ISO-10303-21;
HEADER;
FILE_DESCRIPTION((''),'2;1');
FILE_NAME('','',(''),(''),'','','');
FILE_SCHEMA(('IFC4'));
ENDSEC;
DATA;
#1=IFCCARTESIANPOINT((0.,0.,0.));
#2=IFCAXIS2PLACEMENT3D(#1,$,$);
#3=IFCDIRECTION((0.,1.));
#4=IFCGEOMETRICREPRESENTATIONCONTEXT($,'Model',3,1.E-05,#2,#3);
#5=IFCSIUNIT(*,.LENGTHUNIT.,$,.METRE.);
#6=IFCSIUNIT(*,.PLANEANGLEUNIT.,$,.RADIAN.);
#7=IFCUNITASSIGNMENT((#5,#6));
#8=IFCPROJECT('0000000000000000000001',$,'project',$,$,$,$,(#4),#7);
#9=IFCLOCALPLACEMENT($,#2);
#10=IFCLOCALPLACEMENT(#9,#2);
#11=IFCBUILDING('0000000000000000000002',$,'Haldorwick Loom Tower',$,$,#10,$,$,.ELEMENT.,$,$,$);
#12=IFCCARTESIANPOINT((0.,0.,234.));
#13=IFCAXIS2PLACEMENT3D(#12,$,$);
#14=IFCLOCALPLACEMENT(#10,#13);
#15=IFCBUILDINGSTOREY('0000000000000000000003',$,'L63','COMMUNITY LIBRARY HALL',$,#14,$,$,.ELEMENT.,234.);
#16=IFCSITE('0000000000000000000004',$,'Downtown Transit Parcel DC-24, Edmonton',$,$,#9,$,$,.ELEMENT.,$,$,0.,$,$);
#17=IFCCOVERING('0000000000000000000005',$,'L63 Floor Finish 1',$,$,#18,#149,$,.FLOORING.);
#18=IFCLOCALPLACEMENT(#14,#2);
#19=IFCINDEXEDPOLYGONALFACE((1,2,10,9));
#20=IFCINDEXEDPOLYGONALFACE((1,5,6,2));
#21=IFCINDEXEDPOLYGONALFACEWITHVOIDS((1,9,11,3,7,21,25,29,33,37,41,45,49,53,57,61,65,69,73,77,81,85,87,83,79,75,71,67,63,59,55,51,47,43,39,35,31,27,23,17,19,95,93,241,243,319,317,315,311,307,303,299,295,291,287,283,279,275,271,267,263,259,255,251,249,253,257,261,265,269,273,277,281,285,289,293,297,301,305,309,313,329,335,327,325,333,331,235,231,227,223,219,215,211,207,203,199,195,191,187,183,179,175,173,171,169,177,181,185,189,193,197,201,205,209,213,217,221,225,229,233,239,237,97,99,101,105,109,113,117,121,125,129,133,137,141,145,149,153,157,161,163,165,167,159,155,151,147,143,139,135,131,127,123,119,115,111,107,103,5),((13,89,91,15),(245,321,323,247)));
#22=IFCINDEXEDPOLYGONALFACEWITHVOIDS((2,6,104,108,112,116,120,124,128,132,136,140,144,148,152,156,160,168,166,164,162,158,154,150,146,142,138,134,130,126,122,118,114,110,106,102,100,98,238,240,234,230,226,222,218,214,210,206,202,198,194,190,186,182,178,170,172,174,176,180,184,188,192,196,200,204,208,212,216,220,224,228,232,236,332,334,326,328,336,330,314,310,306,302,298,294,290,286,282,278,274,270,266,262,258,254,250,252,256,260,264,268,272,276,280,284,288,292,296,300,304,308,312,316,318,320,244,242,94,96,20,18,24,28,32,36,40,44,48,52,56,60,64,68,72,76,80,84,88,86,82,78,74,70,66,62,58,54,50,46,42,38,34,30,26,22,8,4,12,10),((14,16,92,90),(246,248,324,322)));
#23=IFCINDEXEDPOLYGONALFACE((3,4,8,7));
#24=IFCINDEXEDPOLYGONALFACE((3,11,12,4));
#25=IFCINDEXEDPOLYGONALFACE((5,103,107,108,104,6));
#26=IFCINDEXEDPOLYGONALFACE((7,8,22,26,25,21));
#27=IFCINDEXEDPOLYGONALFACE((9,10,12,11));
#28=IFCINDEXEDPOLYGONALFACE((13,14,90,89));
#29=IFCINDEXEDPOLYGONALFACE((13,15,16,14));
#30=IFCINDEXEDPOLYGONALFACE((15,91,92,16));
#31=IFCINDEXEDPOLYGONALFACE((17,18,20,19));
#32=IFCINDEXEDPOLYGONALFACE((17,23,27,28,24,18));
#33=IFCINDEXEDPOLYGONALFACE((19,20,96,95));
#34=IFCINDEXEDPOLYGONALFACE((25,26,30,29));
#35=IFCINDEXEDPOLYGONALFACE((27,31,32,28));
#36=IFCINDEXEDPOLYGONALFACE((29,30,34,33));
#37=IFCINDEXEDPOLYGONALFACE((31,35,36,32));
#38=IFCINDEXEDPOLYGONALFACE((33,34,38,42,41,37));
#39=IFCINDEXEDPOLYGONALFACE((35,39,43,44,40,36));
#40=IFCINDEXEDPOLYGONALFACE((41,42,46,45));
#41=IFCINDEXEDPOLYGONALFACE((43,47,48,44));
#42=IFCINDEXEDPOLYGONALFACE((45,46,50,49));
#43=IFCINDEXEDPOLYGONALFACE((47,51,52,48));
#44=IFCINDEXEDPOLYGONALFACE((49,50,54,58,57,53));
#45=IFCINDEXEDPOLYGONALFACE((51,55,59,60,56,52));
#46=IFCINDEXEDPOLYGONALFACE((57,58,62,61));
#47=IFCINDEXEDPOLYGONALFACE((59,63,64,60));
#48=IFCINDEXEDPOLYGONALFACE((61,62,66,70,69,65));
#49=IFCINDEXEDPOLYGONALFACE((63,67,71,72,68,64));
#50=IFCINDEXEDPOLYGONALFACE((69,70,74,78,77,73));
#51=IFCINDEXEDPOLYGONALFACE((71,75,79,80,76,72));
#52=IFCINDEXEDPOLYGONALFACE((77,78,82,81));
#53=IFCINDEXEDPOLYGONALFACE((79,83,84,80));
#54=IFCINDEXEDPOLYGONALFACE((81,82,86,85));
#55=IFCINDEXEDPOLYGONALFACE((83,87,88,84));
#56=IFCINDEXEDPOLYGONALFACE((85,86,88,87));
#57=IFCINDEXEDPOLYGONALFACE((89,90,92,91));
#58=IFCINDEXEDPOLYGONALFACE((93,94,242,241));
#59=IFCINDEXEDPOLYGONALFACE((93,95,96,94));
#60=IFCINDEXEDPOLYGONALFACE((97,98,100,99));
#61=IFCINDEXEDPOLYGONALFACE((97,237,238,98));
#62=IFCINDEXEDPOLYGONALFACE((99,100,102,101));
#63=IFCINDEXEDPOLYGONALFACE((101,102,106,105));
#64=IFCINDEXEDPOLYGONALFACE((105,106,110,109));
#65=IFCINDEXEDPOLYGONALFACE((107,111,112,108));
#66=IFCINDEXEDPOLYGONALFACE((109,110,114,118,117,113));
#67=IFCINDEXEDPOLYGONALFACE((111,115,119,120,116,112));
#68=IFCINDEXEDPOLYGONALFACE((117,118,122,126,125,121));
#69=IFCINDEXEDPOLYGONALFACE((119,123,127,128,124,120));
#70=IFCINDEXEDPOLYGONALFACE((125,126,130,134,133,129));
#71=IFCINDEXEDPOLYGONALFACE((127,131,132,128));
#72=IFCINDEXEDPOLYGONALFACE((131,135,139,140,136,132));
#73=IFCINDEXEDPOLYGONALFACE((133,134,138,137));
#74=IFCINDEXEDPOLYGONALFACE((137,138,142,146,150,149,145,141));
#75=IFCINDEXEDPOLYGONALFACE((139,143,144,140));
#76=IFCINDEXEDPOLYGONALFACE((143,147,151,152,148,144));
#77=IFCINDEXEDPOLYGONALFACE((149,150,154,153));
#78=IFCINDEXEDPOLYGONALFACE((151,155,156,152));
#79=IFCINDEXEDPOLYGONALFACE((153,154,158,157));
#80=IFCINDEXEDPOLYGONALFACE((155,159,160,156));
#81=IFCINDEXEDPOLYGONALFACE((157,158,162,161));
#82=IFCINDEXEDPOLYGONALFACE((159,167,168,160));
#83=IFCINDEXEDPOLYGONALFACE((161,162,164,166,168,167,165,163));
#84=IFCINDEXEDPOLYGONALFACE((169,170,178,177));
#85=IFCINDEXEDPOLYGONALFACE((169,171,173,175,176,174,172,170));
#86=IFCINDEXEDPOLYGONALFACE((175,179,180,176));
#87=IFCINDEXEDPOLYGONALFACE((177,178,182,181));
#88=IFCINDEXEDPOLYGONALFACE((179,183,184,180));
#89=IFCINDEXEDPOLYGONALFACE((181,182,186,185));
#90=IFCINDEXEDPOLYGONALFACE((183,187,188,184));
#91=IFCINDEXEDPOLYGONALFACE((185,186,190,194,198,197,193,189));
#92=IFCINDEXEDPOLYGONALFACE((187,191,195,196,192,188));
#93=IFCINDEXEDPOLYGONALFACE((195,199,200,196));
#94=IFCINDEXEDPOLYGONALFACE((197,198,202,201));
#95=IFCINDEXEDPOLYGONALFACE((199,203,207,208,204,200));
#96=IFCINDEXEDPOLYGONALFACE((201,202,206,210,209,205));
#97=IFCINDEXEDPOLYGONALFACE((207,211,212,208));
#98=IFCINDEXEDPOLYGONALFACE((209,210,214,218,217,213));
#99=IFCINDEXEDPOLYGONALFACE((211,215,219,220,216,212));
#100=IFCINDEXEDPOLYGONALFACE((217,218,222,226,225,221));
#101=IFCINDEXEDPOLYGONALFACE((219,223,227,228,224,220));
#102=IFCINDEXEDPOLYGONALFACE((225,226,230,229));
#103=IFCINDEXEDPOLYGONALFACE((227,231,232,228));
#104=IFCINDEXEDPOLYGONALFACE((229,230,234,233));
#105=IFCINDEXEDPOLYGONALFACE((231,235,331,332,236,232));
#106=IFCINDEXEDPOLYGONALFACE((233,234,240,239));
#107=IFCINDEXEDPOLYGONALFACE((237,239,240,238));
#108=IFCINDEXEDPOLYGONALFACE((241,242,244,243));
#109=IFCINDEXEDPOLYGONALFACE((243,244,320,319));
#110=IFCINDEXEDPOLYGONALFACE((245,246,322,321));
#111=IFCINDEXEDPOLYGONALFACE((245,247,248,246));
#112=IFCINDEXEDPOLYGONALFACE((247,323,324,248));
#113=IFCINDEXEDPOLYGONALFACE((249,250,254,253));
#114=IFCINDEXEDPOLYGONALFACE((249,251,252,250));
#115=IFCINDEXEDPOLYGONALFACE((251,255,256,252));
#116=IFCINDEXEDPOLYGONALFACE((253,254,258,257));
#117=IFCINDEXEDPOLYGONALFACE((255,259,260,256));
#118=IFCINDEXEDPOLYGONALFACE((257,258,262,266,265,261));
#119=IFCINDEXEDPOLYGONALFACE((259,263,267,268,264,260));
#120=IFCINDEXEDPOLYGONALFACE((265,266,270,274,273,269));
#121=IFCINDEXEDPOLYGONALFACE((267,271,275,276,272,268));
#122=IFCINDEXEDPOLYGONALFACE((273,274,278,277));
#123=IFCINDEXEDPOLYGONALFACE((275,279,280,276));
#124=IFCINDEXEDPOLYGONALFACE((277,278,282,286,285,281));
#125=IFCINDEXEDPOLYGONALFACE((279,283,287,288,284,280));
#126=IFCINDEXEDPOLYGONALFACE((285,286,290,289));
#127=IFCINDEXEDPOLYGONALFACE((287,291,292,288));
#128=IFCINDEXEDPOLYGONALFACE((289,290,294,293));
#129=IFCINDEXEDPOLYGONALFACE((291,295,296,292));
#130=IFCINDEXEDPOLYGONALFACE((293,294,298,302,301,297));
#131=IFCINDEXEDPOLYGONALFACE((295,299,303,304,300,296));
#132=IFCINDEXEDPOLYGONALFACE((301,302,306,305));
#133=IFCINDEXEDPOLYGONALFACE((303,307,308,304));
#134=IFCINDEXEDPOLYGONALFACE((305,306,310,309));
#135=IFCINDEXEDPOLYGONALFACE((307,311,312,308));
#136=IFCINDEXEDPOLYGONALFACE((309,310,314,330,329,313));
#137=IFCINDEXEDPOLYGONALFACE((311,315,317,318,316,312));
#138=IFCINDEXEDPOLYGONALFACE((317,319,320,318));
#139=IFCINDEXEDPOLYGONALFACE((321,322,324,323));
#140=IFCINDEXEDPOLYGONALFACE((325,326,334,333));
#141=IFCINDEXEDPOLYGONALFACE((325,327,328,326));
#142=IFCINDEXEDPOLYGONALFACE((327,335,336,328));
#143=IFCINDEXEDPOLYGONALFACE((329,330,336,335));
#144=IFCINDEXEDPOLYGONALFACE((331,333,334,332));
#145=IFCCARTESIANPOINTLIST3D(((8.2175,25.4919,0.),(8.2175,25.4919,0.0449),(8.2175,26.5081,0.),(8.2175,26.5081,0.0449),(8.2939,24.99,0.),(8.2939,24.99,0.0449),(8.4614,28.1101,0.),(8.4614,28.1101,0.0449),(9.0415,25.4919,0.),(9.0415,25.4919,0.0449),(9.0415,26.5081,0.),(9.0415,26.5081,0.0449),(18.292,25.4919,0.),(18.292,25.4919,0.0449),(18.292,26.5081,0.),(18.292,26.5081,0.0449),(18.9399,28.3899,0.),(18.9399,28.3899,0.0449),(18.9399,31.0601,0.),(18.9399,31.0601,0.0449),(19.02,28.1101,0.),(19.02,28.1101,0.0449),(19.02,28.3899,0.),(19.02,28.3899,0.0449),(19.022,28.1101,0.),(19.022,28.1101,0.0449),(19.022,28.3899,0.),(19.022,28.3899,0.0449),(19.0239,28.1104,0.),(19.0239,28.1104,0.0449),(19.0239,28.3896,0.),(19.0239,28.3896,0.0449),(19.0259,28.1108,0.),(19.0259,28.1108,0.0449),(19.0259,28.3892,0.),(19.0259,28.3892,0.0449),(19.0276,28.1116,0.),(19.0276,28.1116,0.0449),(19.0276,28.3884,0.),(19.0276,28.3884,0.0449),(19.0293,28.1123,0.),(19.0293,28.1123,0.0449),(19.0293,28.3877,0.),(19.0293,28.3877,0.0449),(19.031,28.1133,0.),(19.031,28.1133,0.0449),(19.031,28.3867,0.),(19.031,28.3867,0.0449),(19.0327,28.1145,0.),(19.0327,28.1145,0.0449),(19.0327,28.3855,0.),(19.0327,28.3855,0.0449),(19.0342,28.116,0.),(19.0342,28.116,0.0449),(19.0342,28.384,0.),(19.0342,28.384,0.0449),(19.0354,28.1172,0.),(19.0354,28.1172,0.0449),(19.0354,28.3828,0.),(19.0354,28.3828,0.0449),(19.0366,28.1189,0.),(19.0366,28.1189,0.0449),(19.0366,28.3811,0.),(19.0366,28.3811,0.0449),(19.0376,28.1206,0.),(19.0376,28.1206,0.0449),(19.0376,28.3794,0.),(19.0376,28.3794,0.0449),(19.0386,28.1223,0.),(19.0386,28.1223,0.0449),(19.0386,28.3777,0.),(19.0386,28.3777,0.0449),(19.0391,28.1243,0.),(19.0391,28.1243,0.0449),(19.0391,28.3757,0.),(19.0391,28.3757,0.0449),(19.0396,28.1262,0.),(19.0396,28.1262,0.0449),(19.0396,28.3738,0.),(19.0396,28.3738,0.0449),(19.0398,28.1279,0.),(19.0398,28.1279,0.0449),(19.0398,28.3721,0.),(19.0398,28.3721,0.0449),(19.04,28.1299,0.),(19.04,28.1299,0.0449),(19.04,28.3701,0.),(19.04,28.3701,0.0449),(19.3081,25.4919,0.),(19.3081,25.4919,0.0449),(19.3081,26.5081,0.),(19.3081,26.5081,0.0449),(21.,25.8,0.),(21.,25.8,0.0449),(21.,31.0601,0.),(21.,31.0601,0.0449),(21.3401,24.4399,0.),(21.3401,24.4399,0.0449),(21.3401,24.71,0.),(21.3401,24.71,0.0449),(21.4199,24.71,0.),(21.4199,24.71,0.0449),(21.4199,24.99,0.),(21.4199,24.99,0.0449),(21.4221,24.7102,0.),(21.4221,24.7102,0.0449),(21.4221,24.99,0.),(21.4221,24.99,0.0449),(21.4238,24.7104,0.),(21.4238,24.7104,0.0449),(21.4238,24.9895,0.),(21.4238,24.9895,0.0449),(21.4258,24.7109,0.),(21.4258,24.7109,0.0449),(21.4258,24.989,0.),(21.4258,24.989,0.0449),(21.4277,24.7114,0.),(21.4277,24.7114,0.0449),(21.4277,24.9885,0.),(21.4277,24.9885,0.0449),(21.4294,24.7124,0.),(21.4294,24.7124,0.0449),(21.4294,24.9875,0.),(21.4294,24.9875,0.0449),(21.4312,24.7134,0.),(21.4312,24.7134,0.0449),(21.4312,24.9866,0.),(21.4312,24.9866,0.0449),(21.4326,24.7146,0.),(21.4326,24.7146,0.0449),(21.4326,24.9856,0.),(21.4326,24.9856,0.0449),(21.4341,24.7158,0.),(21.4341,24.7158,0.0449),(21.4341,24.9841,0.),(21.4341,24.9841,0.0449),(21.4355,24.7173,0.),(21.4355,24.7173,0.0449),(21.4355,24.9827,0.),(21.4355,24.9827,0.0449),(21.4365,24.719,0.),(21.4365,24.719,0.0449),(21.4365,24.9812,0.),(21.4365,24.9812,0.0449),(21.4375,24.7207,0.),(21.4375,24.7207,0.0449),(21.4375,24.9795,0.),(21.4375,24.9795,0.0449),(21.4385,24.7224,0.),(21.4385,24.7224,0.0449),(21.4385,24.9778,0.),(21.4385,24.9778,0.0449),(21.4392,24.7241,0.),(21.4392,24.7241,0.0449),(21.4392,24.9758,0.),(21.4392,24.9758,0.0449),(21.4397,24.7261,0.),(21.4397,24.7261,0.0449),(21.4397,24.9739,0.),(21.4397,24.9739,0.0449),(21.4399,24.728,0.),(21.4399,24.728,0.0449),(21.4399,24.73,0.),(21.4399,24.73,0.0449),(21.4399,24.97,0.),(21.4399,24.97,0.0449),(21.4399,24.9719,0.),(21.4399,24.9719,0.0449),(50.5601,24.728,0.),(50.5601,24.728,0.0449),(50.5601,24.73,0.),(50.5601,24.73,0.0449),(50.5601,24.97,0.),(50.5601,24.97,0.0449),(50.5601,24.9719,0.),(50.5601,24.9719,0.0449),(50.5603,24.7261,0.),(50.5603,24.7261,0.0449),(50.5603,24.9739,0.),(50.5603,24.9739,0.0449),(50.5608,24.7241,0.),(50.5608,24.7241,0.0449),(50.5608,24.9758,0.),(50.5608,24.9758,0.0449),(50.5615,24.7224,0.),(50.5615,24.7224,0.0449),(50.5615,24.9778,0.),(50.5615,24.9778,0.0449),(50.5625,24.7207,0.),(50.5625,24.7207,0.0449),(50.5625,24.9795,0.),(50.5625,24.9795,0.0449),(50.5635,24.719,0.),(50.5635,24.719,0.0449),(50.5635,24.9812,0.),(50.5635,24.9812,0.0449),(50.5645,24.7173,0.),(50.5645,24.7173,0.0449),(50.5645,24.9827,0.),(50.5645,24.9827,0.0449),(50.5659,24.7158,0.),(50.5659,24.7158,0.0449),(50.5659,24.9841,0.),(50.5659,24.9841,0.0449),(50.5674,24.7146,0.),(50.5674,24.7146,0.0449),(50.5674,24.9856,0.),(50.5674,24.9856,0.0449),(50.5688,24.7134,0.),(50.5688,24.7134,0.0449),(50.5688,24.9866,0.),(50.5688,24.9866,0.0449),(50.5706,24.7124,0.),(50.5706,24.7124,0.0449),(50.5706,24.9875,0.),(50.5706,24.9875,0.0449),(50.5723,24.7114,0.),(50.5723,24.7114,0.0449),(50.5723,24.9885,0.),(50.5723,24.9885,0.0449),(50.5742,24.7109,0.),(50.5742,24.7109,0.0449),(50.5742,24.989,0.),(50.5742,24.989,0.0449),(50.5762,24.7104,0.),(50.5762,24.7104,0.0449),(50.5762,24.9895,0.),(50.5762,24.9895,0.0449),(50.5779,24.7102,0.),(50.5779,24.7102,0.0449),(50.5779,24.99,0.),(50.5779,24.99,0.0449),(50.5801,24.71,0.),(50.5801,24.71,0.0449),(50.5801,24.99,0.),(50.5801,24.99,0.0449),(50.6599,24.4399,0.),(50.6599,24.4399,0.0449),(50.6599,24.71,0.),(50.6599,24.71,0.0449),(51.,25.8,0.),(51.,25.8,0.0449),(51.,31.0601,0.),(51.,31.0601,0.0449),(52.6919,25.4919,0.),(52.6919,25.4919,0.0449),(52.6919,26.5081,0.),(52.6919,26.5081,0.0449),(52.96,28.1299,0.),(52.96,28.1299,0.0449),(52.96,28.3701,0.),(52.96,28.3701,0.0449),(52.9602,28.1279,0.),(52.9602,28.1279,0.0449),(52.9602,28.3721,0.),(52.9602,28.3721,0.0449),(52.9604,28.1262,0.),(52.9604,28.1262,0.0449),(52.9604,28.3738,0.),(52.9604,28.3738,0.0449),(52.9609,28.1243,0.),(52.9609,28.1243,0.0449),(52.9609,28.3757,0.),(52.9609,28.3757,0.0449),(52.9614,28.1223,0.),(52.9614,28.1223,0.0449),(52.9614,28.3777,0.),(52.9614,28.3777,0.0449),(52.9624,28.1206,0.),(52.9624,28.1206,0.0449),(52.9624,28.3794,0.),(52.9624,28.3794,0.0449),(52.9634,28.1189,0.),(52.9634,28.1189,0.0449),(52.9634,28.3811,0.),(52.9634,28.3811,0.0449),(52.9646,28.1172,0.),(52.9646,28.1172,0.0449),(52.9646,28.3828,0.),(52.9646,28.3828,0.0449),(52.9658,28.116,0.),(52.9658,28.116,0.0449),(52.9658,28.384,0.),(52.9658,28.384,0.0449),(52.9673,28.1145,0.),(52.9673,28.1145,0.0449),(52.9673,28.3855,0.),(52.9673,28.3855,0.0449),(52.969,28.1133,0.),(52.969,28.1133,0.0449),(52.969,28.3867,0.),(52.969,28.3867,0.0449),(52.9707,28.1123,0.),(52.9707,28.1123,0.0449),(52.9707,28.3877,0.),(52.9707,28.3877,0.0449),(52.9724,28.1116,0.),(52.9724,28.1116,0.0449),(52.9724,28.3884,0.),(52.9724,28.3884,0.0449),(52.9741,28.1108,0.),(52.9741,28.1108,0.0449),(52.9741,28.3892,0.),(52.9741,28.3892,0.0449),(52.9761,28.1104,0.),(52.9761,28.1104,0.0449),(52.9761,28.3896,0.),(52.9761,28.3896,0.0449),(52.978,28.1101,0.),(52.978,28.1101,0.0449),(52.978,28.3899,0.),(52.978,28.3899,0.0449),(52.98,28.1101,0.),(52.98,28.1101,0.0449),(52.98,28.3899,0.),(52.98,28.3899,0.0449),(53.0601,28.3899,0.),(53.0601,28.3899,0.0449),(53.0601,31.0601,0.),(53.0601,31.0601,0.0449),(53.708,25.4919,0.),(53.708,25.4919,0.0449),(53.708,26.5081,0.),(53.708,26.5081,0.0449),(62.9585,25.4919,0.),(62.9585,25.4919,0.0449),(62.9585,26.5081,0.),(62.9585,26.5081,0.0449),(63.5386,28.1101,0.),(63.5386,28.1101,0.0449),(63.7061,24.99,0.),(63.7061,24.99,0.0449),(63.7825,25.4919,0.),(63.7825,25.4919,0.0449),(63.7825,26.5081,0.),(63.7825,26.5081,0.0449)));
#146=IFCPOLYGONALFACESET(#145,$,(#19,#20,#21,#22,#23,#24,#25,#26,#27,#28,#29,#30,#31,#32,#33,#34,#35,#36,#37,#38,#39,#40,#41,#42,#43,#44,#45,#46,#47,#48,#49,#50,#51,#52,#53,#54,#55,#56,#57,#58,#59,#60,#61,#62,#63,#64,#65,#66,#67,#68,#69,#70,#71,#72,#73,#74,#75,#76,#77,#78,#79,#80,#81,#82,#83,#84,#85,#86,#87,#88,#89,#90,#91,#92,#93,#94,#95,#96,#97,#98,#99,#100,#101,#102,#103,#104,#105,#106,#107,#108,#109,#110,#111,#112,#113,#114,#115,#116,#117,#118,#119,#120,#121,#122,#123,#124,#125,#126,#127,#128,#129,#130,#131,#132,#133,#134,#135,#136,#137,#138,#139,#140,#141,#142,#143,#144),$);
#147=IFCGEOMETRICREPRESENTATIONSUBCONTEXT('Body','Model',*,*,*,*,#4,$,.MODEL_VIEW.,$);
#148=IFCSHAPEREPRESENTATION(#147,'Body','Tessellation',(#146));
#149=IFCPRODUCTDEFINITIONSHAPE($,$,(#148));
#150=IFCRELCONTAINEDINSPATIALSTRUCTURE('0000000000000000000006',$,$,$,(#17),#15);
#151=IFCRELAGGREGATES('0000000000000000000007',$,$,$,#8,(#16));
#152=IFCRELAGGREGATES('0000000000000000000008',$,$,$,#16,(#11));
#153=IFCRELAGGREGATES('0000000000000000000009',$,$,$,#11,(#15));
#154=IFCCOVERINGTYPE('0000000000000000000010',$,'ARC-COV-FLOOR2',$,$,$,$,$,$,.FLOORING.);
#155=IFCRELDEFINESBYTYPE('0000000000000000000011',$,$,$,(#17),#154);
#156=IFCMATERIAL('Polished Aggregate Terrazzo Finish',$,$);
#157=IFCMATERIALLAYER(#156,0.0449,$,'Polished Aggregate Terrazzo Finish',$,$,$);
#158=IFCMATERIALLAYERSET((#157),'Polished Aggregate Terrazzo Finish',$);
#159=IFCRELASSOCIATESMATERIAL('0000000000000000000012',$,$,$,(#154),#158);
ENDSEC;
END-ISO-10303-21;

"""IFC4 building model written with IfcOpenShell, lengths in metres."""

from ifc_helpers import new_model, si_unit, direction, frame, origin, place, context, subcontext, project, spatial, polyline, outline, extrude, material, layer, layer_set, type_object, element, save


model = new_model("IFC4")

# Units and contexts
model_context = context("Model", 3, precision=1e-05, world=origin(), true_north=direction((0.0, 1.0)))
body_context = subcontext(model_context, "Body", "Model", "MODEL_VIEW")
ifc_project = project(units=[si_unit("LENGTHUNIT", "METRE"), si_unit("PLANEANGLEUNIT", "RADIAN")], contexts=[model_context])

# Site, building, storey
site_placement = place(None, origin())
site = spatial("IfcSite", under=ifc_project, at=site_placement, Name="Downtown Transit Parcel DC-24, Edmonton", CompositionType="ELEMENT", RefElevation=0.0)
building_placement = place(site_placement, origin())
building = spatial("IfcBuilding", under=site, at=building_placement, Name="Haldorwick Loom Tower", CompositionType="ELEMENT")
storey_placement = place(building_placement, frame((0.0, 0.0, 234.0)))
storey = spatial("IfcBuildingStorey", under=building, at=storey_placement, Name="L63", Description="COMMUNITY LIBRARY HALL", CompositionType="ELEMENT", Elevation=234.0)

# Covering
ifc_material_1 = material(Name="Polished Aggregate Terrazzo Finish")
ifc_layer_1 = layer(ifc_material_1, 0.0449, Name="Polished Aggregate Terrazzo Finish")
ifc_layer_set_1 = layer_set([ifc_layer_1], Name="Polished Aggregate Terrazzo Finish")
covering_type_1 = type_object("IfcCoveringType", Name="ARC-COV-FLOOR2", PredefinedType="FLOORING", material=ifc_layer_set_1)
covering_1_placement = place(storey_placement, origin())
element("IfcCovering", 1, at=covering_1_placement, inside=storey, type_object=covering_type_1, Name="L63 Floor Finish 1", PredefinedType="FLOORING", context=body_context, shape_type="SweptSolid", body=[
    extrude(outline(polyline([(8.2939, 24.99), (21.4199, 24.99), (21.4221, 24.99), (21.4238, 24.9895), (21.4258, 24.989), (21.4277, 24.9885), (21.4294, 24.9875), (21.4312, 24.9866), (21.4326, 24.9856), (21.4341, 24.9841), (21.4355, 24.9827), (21.4365, 24.9812), (21.4375, 24.9795), (21.4385, 24.9778), (21.4392, 24.9758), (21.4397, 24.9739), (21.4399, 24.9719), (21.4399, 24.97), (21.4399, 24.73), (21.4399, 24.728), (21.4397, 24.7261), (21.4392, 24.7241), (21.4385, 24.7224), (21.4375, 24.7207), (21.4365, 24.719), (21.4355, 24.7173), (21.4341, 24.7158), (21.4326, 24.7146), (21.4312, 24.7134), (21.4294, 24.7124), (21.4277, 24.7114), (21.4258, 24.7109), (21.4238, 24.7104), (21.4221, 24.7102), (21.4199, 24.71), (21.3401, 24.71), (21.3401, 24.4399), (50.6599, 24.4399), (50.6599, 24.71), (50.5801, 24.71), (50.5779, 24.7102), (50.5762, 24.7104), (50.5742, 24.7109), (50.5723, 24.7114), (50.5706, 24.7124), (50.5688, 24.7134), (50.5674, 24.7146), (50.5659, 24.7158), (50.5645, 24.7173), (50.5635, 24.719), (50.5625, 24.7207), (50.5615, 24.7224), (50.5608, 24.7241), (50.5603, 24.7261), (50.5601, 24.728), (50.5601, 24.73), (50.5601, 24.97), (50.5601, 24.9719), (50.5603, 24.9739), (50.5608, 24.9758), (50.5615, 24.9778), (50.5625, 24.9795), (50.5635, 24.9812), (50.5645, 24.9827), (50.5659, 24.9841), (50.5674, 24.9856), (50.5688, 24.9866), (50.5706, 24.9875), (50.5723, 24.9885), (50.5742, 24.989), (50.5762, 24.9895), (50.5779, 24.99), (50.5801, 24.99), (63.7061, 24.99), (63.7825, 25.4919), (62.9585, 25.4919), (62.9585, 26.5081), (63.7825, 26.5081), (63.5386, 28.1101), (52.98, 28.1101), (52.978, 28.1101), (52.9761, 28.1104), (52.9741, 28.1108), (52.9724, 28.1116), (52.9707, 28.1123), (52.969, 28.1133), (52.9673, 28.1145), (52.9658, 28.116), (52.9646, 28.1172), (52.9634, 28.1189), (52.9624, 28.1206), (52.9614, 28.1223), (52.9609, 28.1243), (52.9604, 28.1262), (52.9602, 28.1279), (52.96, 28.1299), (52.96, 28.3701), (52.9602, 28.3721), (52.9604, 28.3738), (52.9609, 28.3757), (52.9614, 28.3777), (52.9624, 28.3794), (52.9634, 28.3811), (52.9646, 28.3828), (52.9658, 28.384), (52.9673, 28.3855), (52.969, 28.3867), (52.9707, 28.3877), (52.9724, 28.3884), (52.9741, 28.3892), (52.9761, 28.3896), (52.978, 28.3899), (52.98, 28.3899), (53.0601, 28.3899), (53.0601, 31.0601), (51.0, 31.0601), (51.0, 25.8), (21.0, 25.8), (21.0, 31.0601), (18.9399, 31.0601), (18.9399, 28.3899), (19.02, 28.3899), (19.022, 28.3899), (19.0239, 28.3896), (19.0259, 28.3892), (19.0276, 28.3884), (19.0293, 28.3877), (19.031, 28.3867), (19.0327, 28.3855), (19.0342, 28.384), (19.0354, 28.3828), (19.0366, 28.3811), (19.0376, 28.3794), (19.0386, 28.3777), (19.0391, 28.3757), (19.0396, 28.3738), (19.0398, 28.3721), (19.04, 28.3701), (19.04, 28.1299), (19.0398, 28.1279), (19.0396, 28.1262), (19.0391, 28.1243), (19.0386, 28.1223), (19.0376, 28.1206), (19.0366, 28.1189), (19.0354, 28.1172), (19.0342, 28.116), (19.0327, 28.1145), (19.031, 28.1133), (19.0293, 28.1123), (19.0276, 28.1116), (19.0259, 28.1108), (19.0239, 28.1104), (19.022, 28.1101), (19.02, 28.1101), (8.4614, 28.1101), (8.2175, 26.5081), (9.0415, 26.5081), (9.0415, 25.4919), (8.2175, 25.4919), (8.2939, 24.99)]), holes=[polyline([(19.3081, 26.5081), (19.3081, 25.4919), (18.292, 25.4919), (18.292, 26.5081), (19.3081, 26.5081)]), polyline([(53.708, 26.5081), (53.708, 25.4919), (52.6919, 25.4919), (52.6919, 26.5081), (53.708, 26.5081)])]), origin(), (0.0, 0.0, 1.0), 0.0449),
])

save(model, "model.ifc")
